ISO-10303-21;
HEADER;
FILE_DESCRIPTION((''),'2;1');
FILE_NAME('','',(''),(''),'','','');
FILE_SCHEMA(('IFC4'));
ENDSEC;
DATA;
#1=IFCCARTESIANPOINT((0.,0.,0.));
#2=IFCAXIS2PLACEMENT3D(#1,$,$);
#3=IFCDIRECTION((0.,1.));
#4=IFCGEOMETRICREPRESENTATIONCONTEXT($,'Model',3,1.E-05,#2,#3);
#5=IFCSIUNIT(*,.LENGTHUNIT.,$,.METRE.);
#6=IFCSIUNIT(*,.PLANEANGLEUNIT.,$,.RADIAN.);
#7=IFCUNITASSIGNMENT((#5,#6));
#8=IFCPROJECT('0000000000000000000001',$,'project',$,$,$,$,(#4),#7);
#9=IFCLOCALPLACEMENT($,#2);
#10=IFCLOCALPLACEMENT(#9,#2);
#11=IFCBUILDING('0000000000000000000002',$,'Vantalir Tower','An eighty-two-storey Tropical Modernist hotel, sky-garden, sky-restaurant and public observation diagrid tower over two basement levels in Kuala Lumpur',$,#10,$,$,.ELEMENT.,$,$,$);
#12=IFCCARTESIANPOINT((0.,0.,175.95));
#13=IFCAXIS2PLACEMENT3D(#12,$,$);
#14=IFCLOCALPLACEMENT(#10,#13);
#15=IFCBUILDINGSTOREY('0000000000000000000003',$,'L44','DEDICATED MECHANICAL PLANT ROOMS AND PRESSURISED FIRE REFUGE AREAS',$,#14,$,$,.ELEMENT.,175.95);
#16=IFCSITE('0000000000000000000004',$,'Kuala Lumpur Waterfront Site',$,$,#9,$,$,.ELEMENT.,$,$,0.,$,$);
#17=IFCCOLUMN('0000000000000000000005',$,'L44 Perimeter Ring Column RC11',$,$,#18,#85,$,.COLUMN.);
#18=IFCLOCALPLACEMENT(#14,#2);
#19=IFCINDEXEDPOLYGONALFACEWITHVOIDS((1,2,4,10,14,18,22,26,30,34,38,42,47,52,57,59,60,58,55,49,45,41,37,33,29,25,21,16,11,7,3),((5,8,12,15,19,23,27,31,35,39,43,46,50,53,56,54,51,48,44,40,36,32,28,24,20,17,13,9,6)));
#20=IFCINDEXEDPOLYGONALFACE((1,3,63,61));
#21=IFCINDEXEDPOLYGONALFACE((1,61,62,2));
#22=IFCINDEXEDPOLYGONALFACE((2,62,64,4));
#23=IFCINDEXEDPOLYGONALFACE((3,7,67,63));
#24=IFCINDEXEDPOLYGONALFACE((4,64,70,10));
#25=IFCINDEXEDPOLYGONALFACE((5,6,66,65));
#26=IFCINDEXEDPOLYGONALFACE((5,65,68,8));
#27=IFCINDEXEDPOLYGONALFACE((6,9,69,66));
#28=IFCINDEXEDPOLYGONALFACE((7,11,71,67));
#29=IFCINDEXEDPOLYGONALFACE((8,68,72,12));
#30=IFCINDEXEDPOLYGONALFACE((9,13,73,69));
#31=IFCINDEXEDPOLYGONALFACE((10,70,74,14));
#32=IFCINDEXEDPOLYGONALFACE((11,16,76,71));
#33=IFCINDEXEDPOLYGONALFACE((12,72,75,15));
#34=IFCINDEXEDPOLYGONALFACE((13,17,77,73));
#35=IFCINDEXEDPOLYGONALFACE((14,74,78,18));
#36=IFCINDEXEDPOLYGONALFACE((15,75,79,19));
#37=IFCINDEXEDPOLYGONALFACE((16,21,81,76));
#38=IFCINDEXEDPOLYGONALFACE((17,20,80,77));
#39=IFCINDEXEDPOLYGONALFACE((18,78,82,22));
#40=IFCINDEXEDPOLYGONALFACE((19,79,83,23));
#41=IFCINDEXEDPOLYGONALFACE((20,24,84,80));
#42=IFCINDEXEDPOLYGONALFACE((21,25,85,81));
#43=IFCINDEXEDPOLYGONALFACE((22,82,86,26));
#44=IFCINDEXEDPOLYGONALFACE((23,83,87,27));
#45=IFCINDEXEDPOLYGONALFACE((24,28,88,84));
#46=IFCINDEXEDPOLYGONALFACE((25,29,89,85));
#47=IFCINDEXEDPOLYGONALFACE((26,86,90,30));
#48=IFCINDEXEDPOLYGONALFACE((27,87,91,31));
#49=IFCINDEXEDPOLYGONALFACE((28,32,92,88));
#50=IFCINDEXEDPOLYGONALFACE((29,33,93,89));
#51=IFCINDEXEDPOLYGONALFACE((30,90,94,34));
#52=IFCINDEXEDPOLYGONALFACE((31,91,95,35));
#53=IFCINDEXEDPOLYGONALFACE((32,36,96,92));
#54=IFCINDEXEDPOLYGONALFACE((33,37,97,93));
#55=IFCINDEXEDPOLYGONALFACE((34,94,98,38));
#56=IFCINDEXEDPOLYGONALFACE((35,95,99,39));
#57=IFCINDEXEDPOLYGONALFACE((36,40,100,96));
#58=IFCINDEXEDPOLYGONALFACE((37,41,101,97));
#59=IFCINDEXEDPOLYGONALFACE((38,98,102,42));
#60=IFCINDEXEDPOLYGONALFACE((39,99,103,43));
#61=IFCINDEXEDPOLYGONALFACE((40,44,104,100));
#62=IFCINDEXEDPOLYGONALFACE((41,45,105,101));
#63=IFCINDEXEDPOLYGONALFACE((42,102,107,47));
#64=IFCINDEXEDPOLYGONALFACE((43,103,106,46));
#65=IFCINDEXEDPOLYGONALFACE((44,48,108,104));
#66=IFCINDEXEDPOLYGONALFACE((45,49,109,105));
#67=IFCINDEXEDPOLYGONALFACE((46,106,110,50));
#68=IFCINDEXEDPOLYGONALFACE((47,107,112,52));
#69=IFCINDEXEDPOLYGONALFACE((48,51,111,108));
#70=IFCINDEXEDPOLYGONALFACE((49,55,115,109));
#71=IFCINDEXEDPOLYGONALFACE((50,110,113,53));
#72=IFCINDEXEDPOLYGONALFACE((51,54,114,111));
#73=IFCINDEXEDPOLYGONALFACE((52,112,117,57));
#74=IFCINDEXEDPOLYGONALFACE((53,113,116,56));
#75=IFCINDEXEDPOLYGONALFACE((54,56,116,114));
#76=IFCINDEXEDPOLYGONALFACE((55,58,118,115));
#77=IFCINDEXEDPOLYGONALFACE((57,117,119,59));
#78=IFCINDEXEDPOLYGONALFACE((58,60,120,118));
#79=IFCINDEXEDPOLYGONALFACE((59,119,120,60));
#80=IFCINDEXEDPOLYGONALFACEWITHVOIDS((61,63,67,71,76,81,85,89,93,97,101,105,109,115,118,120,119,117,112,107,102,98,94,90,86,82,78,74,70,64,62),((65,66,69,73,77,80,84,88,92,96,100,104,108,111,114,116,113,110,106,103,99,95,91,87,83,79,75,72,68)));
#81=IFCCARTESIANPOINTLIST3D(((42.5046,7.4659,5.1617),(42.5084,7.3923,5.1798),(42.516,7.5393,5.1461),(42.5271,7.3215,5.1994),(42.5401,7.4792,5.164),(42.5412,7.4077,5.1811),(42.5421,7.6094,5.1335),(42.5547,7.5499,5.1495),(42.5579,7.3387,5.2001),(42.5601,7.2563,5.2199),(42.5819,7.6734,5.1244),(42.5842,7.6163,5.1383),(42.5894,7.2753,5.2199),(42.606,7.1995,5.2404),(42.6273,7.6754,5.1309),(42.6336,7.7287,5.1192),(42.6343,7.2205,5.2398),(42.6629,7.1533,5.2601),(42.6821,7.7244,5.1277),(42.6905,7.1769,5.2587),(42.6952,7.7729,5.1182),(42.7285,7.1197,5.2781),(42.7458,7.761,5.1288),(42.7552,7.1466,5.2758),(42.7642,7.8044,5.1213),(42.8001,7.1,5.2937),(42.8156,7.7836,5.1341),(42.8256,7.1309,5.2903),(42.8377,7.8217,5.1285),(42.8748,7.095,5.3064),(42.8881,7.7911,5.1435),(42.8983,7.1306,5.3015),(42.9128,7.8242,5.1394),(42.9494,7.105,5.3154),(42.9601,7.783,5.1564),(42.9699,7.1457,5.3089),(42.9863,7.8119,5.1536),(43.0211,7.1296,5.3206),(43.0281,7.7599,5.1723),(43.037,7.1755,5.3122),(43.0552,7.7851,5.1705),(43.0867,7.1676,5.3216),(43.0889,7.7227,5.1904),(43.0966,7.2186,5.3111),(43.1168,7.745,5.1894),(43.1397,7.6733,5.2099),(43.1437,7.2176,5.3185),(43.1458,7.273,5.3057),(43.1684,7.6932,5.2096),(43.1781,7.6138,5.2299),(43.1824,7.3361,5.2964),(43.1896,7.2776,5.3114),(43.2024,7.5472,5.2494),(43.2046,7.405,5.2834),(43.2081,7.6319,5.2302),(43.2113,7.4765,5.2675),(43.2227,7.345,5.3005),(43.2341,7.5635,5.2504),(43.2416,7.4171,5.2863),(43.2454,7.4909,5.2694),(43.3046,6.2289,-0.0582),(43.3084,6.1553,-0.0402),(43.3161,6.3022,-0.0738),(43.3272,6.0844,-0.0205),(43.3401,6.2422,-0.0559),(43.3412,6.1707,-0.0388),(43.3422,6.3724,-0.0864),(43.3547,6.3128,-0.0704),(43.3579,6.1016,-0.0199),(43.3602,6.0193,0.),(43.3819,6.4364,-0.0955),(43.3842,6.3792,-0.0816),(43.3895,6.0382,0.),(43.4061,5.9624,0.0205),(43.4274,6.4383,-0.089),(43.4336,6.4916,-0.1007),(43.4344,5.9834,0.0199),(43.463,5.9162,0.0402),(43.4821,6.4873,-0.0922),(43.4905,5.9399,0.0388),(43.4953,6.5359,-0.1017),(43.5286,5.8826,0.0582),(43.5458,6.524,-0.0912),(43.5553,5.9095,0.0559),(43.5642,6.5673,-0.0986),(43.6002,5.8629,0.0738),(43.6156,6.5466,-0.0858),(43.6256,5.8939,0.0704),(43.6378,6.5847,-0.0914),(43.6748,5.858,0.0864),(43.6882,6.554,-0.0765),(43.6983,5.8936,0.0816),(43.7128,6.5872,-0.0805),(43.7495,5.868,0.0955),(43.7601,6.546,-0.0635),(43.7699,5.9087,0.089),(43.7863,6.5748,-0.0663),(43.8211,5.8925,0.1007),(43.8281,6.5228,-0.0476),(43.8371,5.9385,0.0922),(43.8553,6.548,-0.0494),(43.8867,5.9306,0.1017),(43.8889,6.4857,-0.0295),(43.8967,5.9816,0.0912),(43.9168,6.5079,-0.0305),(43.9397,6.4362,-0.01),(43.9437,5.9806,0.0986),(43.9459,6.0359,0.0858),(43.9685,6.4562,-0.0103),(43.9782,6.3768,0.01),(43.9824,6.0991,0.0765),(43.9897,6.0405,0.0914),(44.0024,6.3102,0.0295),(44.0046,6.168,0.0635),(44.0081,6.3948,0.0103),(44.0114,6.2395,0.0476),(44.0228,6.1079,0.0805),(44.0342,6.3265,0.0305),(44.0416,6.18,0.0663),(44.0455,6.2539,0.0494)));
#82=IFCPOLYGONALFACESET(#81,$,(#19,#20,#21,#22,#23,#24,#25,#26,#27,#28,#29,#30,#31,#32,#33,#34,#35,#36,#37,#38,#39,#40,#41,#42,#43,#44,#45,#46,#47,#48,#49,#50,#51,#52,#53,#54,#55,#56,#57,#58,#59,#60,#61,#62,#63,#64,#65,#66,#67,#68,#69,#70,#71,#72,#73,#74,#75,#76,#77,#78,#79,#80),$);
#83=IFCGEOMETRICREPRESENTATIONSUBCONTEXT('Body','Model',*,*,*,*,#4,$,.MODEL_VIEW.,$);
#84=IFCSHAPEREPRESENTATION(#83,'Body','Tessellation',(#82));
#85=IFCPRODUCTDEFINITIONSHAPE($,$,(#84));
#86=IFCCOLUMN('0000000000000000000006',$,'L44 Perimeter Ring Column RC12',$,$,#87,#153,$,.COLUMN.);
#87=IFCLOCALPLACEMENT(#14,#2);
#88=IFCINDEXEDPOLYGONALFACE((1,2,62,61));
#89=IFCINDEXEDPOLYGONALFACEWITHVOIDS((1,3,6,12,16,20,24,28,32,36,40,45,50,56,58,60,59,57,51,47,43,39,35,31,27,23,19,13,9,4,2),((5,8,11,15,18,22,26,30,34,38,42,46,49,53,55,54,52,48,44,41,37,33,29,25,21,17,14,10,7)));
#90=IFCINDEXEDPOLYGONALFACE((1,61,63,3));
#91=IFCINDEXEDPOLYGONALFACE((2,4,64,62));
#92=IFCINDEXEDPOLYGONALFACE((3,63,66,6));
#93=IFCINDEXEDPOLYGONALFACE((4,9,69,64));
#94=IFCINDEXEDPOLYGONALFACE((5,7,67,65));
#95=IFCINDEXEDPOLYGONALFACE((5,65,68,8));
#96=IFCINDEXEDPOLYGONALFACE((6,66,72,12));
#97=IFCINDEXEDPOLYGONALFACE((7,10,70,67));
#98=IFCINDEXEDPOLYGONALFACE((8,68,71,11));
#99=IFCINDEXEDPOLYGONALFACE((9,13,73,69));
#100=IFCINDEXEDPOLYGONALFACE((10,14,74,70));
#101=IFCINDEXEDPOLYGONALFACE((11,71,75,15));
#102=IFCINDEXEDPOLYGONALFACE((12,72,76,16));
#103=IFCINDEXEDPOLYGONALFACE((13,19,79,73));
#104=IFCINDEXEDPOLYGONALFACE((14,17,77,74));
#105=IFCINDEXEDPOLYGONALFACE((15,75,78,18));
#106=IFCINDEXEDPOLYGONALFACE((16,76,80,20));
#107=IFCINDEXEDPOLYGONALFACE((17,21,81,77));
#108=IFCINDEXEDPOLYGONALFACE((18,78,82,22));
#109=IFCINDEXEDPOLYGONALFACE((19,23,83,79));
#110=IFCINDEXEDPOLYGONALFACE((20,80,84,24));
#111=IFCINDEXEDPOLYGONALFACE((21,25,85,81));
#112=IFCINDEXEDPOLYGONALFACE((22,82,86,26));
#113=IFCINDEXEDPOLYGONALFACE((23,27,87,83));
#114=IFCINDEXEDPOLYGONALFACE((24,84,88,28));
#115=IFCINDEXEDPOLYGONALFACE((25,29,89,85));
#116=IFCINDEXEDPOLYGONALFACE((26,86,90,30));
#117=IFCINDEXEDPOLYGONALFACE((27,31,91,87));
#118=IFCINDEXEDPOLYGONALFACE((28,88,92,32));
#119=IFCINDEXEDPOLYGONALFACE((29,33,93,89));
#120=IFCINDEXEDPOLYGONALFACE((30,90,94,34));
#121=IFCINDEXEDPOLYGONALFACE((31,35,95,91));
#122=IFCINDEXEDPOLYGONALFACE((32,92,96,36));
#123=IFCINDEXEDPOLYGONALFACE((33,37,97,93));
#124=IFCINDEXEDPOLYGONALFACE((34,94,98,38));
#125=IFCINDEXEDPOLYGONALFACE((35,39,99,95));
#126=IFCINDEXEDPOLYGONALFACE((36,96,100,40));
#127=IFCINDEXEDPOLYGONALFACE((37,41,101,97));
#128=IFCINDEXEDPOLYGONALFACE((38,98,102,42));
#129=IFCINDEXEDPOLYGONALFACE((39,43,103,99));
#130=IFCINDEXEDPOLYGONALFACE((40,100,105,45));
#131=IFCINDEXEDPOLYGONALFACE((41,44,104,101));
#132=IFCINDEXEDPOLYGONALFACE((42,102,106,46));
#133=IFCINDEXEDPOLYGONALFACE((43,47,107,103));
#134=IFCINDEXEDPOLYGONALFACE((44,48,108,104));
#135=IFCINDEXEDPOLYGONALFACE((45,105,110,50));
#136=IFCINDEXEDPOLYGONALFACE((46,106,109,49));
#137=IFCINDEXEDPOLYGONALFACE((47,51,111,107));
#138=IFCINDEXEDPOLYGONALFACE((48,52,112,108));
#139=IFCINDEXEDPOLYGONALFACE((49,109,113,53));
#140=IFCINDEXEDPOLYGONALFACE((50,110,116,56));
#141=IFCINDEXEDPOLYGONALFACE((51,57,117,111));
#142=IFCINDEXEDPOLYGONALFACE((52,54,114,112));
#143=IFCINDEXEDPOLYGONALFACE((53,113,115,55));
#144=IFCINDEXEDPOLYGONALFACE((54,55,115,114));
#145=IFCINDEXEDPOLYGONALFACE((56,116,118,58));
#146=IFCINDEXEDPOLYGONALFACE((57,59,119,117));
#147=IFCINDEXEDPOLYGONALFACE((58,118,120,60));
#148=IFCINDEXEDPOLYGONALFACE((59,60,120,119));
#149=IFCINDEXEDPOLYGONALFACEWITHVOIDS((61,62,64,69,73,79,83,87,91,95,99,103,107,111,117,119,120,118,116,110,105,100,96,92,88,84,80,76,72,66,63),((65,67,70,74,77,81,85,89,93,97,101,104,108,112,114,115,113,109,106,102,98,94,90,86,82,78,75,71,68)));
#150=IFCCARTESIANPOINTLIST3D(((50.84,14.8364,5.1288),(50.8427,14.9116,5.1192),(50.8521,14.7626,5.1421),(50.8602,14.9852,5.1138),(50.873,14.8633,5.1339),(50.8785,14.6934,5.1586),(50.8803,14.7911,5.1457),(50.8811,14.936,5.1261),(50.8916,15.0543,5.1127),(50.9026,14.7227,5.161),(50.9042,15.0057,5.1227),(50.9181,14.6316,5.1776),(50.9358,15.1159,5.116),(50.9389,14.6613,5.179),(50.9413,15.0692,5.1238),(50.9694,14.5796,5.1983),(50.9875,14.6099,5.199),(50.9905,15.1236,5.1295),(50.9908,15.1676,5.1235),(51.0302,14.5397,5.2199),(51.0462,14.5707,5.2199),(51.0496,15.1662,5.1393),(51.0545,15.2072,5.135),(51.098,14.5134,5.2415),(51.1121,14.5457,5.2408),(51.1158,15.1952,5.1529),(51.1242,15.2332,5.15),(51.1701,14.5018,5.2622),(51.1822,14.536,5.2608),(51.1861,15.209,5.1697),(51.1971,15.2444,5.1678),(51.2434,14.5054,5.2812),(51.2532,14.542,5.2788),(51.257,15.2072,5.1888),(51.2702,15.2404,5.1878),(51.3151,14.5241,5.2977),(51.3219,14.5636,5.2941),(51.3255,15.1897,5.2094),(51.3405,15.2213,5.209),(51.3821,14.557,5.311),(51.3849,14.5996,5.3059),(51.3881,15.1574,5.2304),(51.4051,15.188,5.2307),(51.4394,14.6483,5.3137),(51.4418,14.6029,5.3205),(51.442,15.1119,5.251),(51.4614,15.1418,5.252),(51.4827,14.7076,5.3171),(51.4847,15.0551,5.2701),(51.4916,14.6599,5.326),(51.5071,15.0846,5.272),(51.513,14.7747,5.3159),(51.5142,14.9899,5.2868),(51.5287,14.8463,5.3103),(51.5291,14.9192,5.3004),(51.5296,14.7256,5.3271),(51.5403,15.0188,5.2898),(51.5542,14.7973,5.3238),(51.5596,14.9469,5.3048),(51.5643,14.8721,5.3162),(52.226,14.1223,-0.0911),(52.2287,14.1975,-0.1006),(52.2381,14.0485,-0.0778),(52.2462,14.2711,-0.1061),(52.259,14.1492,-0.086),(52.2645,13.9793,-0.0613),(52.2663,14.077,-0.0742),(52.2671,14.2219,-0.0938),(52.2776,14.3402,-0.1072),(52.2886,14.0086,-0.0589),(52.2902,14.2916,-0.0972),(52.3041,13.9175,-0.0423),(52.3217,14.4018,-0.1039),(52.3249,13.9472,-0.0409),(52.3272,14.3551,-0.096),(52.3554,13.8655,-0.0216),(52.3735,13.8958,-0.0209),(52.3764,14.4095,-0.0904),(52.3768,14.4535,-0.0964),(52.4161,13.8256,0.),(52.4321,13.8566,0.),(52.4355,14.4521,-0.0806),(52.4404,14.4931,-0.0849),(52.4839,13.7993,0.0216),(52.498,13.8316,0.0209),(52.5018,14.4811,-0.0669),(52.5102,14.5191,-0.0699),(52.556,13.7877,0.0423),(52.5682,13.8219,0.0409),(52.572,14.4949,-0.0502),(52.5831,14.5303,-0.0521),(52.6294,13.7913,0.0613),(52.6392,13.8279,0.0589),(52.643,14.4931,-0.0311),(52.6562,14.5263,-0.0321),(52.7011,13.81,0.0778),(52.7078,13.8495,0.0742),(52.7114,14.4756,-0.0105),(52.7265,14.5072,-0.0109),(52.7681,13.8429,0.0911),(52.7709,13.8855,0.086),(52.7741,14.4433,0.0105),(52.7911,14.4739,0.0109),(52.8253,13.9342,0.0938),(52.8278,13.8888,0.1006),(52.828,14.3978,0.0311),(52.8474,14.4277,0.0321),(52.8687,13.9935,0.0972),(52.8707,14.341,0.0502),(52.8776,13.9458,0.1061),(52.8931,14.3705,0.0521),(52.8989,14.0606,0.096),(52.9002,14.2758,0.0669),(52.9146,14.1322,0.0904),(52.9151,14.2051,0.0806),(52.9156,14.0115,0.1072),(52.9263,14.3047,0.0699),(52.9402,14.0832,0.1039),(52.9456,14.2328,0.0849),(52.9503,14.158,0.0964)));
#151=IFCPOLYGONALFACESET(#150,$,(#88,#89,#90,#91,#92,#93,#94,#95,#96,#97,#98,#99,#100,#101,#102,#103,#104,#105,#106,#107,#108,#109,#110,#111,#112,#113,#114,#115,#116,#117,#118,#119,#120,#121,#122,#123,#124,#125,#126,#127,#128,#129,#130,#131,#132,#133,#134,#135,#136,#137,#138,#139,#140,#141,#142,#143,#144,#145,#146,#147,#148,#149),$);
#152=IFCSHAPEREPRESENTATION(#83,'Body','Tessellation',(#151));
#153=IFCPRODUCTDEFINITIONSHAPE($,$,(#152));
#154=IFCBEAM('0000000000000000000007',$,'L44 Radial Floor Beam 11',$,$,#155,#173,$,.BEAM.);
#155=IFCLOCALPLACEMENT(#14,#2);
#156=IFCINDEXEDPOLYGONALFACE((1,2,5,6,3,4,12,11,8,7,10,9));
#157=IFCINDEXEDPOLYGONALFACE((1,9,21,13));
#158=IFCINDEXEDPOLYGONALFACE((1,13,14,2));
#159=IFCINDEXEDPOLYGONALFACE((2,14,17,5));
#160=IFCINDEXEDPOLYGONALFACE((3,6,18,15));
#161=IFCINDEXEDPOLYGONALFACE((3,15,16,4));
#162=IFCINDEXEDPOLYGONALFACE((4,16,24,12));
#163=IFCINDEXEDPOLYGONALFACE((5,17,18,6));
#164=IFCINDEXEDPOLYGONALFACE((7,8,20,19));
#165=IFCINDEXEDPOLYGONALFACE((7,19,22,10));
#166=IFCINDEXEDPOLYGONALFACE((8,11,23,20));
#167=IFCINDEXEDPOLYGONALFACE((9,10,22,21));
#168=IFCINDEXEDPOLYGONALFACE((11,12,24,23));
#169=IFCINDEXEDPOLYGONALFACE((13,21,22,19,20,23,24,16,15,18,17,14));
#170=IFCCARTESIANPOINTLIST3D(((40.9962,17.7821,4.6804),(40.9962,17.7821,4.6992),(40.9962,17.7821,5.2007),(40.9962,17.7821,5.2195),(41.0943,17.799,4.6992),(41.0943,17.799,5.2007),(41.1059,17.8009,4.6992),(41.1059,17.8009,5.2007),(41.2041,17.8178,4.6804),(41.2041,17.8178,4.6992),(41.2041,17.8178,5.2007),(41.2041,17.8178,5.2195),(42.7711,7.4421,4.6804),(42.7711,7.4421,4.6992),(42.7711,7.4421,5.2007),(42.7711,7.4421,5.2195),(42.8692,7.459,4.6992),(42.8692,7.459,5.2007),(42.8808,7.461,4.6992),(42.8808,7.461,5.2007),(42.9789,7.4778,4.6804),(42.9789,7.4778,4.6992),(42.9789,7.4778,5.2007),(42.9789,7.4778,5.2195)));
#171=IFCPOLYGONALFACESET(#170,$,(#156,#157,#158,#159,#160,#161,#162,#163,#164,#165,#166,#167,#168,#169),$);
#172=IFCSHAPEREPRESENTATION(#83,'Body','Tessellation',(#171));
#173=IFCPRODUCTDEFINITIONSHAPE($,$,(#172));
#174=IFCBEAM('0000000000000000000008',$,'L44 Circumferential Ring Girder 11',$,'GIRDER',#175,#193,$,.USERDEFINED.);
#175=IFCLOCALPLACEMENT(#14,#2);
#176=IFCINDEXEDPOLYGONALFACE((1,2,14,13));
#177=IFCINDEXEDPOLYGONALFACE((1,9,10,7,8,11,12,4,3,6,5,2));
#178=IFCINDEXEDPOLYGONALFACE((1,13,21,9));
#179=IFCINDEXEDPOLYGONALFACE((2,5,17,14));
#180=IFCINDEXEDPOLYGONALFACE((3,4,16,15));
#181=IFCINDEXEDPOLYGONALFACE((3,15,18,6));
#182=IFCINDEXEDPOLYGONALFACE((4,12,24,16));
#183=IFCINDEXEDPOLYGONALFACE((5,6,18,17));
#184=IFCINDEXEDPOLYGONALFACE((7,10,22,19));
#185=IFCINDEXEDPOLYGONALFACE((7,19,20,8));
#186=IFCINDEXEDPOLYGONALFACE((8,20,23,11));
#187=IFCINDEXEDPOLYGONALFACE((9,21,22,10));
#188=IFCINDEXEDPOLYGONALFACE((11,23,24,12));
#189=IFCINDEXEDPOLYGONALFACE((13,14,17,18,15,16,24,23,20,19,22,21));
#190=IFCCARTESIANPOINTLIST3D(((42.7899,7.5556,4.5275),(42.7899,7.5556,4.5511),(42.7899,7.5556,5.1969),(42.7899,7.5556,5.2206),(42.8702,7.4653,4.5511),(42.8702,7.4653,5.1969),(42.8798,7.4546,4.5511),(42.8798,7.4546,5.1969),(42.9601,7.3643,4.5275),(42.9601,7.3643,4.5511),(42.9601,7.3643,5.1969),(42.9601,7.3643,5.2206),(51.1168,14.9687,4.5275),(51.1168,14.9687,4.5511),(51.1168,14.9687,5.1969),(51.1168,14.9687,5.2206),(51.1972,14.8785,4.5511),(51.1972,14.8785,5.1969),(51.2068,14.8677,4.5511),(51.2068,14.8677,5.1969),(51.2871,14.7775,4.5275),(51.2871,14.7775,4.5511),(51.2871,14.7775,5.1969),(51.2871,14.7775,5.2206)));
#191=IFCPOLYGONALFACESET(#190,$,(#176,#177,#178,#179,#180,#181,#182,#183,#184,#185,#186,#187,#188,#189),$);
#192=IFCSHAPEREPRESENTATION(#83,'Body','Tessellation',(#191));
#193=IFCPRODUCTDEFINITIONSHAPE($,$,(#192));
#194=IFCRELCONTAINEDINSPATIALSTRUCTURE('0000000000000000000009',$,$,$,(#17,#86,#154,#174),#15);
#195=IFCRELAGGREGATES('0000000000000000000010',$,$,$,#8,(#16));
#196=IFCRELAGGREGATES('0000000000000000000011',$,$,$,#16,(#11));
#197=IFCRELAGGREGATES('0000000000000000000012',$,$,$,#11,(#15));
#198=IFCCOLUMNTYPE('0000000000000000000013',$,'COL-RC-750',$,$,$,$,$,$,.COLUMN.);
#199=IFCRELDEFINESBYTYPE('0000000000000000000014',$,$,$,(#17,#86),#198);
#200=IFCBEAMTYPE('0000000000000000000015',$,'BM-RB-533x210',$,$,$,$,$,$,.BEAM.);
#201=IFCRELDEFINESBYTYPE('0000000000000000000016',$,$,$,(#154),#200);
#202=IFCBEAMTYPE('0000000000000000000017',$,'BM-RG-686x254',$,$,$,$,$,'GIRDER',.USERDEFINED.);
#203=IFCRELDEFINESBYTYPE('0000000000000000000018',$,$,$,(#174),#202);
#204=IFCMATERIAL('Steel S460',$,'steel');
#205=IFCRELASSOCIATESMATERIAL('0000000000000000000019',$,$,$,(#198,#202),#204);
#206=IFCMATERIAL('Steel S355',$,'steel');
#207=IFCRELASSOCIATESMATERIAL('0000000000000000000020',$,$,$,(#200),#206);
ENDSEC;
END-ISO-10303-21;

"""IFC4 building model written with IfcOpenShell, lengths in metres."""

from ifc_helpers import new_model, si_unit, direction, frame, origin, origin_2d, place, context, subcontext, project, spatial, hollow_circle, i_section, extrude, material, material_profile, profile_set, type_object, element, save


model = new_model("IFC4")

# Units and contexts
model_context = context("Model", 3, precision=1e-05, world=origin(), true_north=direction((0.0, 1.0)))
body_context = subcontext(model_context, "Body", "Model", "MODEL_VIEW")
ifc_project = project(units=[si_unit("LENGTHUNIT", "METRE"), si_unit("PLANEANGLEUNIT", "RADIAN")], contexts=[model_context])

# Site, building, storey
site_placement = place(None, origin())
site = spatial("IfcSite", under=ifc_project, at=site_placement, Name="Kuala Lumpur Waterfront Site", CompositionType="ELEMENT", RefElevation=0.0)
building_placement = place(site_placement, origin())
building = spatial("IfcBuilding", under=site, at=building_placement, Name="Vantalir Tower", Description="An eighty-two-storey Tropical Modernist hotel, sky-garden, sky-restaurant and public observation diagrid tower over two basement levels in Kuala Lumpur", CompositionType="ELEMENT")
storey_placement = place(building_placement, frame((0.0, 0.0, 175.95)))
storey = spatial("IfcBuildingStorey", under=building, at=storey_placement, Name="L44", Description="DEDICATED MECHANICAL PLANT ROOMS AND PRESSURISED FIRE REFUGE AREAS", CompositionType="ELEMENT", Elevation=175.95)

# Columns
ifc_material_1 = material(Name="Steel S460", Category="steel")
ifc_material_profile_1 = material_profile(ifc_material_1, hollow_circle(Radius=0.375, WallThickness=0.0349, at=origin_2d()), Name="Steel S460")
ifc_profile_set_1 = profile_set([ifc_material_profile_1], Name="Steel S460")
column_type = type_object("IfcColumnType", Name="COL-RC-750", PredefinedType="COLUMN", material=ifc_profile_set_1)
column_1_placement = place(storey_placement, frame((43.675, 6.2229, 0.0), z_axis=(-0.147505, 0.228077, 0.962405), x_axis=(-0.839695, -0.543059, 0.0)))
element("IfcColumn", 1, at=column_1_placement, inside=storey, type_object=column_type, Name="L44 Perimeter Ring Column RC11", PredefinedType="COLUMN", context=body_context, shape_type="SweptSolid", body=[
    extrude(hollow_circle(Radius=0.375, WallThickness=0.0349, at=origin_2d()), origin(), (0.0, 0.0, 1.0), 5.4238),
])
column_2_placement = place(storey_placement, frame((52.5879, 14.1589, 0.0), z_axis=(-0.25441, 0.131081, 0.958172), x_axis=(-0.458017, -0.888944, 0.0)))
element("IfcColumn", 2, at=column_2_placement, inside=storey, type_object=column_type, Name="L44 Perimeter Ring Column RC12", PredefinedType="COLUMN", context=body_context, shape_type="SweptSolid", body=[
    extrude(hollow_circle(Radius=0.375, WallThickness=0.0349, at=origin_2d()), origin(), (0.0, 0.0, 1.0), 5.4478),
])

# Beams
ifc_material_2 = material(Name="Steel S355", Category="steel")
ifc_material_profile_2 = material_profile(ifc_material_2, i_section(OverallWidth=0.2109, OverallDepth=0.5391, WebThickness=0.0117, FlangeThickness=0.0188, at=origin_2d()), Name="Steel S355")
ifc_profile_set_2 = profile_set([ifc_material_profile_2], Name="Steel S355")
beam_type_1 = type_object("IfcBeamType", Name="BM-RB-533x210", PredefinedType="BEAM", material=ifc_profile_set_2)
beam_1_placement = place(storey_placement, frame((42.875, 7.46, 4.95), z_axis=(-0.169178, 0.985585, 0.0), x_axis=(-0.985585, -0.169178, 0.0)))
element("IfcBeam", 3, at=beam_1_placement, inside=storey, type_object=beam_type_1, Name="L44 Radial Floor Beam 11", PredefinedType="BEAM", context=body_context, shape_type="SweptSolid", body=[
    extrude(i_section(OverallWidth=0.2109, OverallDepth=0.5391, WebThickness=0.0117, FlangeThickness=0.0188, at=origin_2d()), origin(), (0.0, 0.0, 1.0), 10.4912),
])
ifc_material_profile_3 = material_profile(ifc_material_1, i_section(OverallWidth=0.2561, OverallDepth=0.6931, WebThickness=0.0144, FlangeThickness=0.0237, at=origin_2d()), Name="Steel S460")
ifc_profile_set_3 = profile_set([ifc_material_profile_3], Name="Steel S460")
beam_type_2 = type_object("IfcBeamType", Name="BM-RG-686x254", ElementType="GIRDER", PredefinedType="USERDEFINED", material=ifc_profile_set_3)
beam_2_placement = place(storey_placement, frame((42.875, 7.46, 4.874), z_axis=(0.746902, 0.664935, 0.0), x_axis=(-0.664935, 0.746902, 0.0)))
element("IfcBeam", 4, at=beam_2_placement, inside=storey, type_object=beam_type_2, Name="L44 Circumferential Ring Girder 11", ObjectType="GIRDER", PredefinedType="USERDEFINED", context=body_context, shape_type="SweptSolid", body=[
    extrude(i_section(OverallWidth=0.2561, OverallDepth=0.6931, WebThickness=0.0144, FlangeThickness=0.0237, at=origin_2d()), origin(), (0.0, 0.0, 1.0), 11.1487),
])

save(model, "model.ifc")
